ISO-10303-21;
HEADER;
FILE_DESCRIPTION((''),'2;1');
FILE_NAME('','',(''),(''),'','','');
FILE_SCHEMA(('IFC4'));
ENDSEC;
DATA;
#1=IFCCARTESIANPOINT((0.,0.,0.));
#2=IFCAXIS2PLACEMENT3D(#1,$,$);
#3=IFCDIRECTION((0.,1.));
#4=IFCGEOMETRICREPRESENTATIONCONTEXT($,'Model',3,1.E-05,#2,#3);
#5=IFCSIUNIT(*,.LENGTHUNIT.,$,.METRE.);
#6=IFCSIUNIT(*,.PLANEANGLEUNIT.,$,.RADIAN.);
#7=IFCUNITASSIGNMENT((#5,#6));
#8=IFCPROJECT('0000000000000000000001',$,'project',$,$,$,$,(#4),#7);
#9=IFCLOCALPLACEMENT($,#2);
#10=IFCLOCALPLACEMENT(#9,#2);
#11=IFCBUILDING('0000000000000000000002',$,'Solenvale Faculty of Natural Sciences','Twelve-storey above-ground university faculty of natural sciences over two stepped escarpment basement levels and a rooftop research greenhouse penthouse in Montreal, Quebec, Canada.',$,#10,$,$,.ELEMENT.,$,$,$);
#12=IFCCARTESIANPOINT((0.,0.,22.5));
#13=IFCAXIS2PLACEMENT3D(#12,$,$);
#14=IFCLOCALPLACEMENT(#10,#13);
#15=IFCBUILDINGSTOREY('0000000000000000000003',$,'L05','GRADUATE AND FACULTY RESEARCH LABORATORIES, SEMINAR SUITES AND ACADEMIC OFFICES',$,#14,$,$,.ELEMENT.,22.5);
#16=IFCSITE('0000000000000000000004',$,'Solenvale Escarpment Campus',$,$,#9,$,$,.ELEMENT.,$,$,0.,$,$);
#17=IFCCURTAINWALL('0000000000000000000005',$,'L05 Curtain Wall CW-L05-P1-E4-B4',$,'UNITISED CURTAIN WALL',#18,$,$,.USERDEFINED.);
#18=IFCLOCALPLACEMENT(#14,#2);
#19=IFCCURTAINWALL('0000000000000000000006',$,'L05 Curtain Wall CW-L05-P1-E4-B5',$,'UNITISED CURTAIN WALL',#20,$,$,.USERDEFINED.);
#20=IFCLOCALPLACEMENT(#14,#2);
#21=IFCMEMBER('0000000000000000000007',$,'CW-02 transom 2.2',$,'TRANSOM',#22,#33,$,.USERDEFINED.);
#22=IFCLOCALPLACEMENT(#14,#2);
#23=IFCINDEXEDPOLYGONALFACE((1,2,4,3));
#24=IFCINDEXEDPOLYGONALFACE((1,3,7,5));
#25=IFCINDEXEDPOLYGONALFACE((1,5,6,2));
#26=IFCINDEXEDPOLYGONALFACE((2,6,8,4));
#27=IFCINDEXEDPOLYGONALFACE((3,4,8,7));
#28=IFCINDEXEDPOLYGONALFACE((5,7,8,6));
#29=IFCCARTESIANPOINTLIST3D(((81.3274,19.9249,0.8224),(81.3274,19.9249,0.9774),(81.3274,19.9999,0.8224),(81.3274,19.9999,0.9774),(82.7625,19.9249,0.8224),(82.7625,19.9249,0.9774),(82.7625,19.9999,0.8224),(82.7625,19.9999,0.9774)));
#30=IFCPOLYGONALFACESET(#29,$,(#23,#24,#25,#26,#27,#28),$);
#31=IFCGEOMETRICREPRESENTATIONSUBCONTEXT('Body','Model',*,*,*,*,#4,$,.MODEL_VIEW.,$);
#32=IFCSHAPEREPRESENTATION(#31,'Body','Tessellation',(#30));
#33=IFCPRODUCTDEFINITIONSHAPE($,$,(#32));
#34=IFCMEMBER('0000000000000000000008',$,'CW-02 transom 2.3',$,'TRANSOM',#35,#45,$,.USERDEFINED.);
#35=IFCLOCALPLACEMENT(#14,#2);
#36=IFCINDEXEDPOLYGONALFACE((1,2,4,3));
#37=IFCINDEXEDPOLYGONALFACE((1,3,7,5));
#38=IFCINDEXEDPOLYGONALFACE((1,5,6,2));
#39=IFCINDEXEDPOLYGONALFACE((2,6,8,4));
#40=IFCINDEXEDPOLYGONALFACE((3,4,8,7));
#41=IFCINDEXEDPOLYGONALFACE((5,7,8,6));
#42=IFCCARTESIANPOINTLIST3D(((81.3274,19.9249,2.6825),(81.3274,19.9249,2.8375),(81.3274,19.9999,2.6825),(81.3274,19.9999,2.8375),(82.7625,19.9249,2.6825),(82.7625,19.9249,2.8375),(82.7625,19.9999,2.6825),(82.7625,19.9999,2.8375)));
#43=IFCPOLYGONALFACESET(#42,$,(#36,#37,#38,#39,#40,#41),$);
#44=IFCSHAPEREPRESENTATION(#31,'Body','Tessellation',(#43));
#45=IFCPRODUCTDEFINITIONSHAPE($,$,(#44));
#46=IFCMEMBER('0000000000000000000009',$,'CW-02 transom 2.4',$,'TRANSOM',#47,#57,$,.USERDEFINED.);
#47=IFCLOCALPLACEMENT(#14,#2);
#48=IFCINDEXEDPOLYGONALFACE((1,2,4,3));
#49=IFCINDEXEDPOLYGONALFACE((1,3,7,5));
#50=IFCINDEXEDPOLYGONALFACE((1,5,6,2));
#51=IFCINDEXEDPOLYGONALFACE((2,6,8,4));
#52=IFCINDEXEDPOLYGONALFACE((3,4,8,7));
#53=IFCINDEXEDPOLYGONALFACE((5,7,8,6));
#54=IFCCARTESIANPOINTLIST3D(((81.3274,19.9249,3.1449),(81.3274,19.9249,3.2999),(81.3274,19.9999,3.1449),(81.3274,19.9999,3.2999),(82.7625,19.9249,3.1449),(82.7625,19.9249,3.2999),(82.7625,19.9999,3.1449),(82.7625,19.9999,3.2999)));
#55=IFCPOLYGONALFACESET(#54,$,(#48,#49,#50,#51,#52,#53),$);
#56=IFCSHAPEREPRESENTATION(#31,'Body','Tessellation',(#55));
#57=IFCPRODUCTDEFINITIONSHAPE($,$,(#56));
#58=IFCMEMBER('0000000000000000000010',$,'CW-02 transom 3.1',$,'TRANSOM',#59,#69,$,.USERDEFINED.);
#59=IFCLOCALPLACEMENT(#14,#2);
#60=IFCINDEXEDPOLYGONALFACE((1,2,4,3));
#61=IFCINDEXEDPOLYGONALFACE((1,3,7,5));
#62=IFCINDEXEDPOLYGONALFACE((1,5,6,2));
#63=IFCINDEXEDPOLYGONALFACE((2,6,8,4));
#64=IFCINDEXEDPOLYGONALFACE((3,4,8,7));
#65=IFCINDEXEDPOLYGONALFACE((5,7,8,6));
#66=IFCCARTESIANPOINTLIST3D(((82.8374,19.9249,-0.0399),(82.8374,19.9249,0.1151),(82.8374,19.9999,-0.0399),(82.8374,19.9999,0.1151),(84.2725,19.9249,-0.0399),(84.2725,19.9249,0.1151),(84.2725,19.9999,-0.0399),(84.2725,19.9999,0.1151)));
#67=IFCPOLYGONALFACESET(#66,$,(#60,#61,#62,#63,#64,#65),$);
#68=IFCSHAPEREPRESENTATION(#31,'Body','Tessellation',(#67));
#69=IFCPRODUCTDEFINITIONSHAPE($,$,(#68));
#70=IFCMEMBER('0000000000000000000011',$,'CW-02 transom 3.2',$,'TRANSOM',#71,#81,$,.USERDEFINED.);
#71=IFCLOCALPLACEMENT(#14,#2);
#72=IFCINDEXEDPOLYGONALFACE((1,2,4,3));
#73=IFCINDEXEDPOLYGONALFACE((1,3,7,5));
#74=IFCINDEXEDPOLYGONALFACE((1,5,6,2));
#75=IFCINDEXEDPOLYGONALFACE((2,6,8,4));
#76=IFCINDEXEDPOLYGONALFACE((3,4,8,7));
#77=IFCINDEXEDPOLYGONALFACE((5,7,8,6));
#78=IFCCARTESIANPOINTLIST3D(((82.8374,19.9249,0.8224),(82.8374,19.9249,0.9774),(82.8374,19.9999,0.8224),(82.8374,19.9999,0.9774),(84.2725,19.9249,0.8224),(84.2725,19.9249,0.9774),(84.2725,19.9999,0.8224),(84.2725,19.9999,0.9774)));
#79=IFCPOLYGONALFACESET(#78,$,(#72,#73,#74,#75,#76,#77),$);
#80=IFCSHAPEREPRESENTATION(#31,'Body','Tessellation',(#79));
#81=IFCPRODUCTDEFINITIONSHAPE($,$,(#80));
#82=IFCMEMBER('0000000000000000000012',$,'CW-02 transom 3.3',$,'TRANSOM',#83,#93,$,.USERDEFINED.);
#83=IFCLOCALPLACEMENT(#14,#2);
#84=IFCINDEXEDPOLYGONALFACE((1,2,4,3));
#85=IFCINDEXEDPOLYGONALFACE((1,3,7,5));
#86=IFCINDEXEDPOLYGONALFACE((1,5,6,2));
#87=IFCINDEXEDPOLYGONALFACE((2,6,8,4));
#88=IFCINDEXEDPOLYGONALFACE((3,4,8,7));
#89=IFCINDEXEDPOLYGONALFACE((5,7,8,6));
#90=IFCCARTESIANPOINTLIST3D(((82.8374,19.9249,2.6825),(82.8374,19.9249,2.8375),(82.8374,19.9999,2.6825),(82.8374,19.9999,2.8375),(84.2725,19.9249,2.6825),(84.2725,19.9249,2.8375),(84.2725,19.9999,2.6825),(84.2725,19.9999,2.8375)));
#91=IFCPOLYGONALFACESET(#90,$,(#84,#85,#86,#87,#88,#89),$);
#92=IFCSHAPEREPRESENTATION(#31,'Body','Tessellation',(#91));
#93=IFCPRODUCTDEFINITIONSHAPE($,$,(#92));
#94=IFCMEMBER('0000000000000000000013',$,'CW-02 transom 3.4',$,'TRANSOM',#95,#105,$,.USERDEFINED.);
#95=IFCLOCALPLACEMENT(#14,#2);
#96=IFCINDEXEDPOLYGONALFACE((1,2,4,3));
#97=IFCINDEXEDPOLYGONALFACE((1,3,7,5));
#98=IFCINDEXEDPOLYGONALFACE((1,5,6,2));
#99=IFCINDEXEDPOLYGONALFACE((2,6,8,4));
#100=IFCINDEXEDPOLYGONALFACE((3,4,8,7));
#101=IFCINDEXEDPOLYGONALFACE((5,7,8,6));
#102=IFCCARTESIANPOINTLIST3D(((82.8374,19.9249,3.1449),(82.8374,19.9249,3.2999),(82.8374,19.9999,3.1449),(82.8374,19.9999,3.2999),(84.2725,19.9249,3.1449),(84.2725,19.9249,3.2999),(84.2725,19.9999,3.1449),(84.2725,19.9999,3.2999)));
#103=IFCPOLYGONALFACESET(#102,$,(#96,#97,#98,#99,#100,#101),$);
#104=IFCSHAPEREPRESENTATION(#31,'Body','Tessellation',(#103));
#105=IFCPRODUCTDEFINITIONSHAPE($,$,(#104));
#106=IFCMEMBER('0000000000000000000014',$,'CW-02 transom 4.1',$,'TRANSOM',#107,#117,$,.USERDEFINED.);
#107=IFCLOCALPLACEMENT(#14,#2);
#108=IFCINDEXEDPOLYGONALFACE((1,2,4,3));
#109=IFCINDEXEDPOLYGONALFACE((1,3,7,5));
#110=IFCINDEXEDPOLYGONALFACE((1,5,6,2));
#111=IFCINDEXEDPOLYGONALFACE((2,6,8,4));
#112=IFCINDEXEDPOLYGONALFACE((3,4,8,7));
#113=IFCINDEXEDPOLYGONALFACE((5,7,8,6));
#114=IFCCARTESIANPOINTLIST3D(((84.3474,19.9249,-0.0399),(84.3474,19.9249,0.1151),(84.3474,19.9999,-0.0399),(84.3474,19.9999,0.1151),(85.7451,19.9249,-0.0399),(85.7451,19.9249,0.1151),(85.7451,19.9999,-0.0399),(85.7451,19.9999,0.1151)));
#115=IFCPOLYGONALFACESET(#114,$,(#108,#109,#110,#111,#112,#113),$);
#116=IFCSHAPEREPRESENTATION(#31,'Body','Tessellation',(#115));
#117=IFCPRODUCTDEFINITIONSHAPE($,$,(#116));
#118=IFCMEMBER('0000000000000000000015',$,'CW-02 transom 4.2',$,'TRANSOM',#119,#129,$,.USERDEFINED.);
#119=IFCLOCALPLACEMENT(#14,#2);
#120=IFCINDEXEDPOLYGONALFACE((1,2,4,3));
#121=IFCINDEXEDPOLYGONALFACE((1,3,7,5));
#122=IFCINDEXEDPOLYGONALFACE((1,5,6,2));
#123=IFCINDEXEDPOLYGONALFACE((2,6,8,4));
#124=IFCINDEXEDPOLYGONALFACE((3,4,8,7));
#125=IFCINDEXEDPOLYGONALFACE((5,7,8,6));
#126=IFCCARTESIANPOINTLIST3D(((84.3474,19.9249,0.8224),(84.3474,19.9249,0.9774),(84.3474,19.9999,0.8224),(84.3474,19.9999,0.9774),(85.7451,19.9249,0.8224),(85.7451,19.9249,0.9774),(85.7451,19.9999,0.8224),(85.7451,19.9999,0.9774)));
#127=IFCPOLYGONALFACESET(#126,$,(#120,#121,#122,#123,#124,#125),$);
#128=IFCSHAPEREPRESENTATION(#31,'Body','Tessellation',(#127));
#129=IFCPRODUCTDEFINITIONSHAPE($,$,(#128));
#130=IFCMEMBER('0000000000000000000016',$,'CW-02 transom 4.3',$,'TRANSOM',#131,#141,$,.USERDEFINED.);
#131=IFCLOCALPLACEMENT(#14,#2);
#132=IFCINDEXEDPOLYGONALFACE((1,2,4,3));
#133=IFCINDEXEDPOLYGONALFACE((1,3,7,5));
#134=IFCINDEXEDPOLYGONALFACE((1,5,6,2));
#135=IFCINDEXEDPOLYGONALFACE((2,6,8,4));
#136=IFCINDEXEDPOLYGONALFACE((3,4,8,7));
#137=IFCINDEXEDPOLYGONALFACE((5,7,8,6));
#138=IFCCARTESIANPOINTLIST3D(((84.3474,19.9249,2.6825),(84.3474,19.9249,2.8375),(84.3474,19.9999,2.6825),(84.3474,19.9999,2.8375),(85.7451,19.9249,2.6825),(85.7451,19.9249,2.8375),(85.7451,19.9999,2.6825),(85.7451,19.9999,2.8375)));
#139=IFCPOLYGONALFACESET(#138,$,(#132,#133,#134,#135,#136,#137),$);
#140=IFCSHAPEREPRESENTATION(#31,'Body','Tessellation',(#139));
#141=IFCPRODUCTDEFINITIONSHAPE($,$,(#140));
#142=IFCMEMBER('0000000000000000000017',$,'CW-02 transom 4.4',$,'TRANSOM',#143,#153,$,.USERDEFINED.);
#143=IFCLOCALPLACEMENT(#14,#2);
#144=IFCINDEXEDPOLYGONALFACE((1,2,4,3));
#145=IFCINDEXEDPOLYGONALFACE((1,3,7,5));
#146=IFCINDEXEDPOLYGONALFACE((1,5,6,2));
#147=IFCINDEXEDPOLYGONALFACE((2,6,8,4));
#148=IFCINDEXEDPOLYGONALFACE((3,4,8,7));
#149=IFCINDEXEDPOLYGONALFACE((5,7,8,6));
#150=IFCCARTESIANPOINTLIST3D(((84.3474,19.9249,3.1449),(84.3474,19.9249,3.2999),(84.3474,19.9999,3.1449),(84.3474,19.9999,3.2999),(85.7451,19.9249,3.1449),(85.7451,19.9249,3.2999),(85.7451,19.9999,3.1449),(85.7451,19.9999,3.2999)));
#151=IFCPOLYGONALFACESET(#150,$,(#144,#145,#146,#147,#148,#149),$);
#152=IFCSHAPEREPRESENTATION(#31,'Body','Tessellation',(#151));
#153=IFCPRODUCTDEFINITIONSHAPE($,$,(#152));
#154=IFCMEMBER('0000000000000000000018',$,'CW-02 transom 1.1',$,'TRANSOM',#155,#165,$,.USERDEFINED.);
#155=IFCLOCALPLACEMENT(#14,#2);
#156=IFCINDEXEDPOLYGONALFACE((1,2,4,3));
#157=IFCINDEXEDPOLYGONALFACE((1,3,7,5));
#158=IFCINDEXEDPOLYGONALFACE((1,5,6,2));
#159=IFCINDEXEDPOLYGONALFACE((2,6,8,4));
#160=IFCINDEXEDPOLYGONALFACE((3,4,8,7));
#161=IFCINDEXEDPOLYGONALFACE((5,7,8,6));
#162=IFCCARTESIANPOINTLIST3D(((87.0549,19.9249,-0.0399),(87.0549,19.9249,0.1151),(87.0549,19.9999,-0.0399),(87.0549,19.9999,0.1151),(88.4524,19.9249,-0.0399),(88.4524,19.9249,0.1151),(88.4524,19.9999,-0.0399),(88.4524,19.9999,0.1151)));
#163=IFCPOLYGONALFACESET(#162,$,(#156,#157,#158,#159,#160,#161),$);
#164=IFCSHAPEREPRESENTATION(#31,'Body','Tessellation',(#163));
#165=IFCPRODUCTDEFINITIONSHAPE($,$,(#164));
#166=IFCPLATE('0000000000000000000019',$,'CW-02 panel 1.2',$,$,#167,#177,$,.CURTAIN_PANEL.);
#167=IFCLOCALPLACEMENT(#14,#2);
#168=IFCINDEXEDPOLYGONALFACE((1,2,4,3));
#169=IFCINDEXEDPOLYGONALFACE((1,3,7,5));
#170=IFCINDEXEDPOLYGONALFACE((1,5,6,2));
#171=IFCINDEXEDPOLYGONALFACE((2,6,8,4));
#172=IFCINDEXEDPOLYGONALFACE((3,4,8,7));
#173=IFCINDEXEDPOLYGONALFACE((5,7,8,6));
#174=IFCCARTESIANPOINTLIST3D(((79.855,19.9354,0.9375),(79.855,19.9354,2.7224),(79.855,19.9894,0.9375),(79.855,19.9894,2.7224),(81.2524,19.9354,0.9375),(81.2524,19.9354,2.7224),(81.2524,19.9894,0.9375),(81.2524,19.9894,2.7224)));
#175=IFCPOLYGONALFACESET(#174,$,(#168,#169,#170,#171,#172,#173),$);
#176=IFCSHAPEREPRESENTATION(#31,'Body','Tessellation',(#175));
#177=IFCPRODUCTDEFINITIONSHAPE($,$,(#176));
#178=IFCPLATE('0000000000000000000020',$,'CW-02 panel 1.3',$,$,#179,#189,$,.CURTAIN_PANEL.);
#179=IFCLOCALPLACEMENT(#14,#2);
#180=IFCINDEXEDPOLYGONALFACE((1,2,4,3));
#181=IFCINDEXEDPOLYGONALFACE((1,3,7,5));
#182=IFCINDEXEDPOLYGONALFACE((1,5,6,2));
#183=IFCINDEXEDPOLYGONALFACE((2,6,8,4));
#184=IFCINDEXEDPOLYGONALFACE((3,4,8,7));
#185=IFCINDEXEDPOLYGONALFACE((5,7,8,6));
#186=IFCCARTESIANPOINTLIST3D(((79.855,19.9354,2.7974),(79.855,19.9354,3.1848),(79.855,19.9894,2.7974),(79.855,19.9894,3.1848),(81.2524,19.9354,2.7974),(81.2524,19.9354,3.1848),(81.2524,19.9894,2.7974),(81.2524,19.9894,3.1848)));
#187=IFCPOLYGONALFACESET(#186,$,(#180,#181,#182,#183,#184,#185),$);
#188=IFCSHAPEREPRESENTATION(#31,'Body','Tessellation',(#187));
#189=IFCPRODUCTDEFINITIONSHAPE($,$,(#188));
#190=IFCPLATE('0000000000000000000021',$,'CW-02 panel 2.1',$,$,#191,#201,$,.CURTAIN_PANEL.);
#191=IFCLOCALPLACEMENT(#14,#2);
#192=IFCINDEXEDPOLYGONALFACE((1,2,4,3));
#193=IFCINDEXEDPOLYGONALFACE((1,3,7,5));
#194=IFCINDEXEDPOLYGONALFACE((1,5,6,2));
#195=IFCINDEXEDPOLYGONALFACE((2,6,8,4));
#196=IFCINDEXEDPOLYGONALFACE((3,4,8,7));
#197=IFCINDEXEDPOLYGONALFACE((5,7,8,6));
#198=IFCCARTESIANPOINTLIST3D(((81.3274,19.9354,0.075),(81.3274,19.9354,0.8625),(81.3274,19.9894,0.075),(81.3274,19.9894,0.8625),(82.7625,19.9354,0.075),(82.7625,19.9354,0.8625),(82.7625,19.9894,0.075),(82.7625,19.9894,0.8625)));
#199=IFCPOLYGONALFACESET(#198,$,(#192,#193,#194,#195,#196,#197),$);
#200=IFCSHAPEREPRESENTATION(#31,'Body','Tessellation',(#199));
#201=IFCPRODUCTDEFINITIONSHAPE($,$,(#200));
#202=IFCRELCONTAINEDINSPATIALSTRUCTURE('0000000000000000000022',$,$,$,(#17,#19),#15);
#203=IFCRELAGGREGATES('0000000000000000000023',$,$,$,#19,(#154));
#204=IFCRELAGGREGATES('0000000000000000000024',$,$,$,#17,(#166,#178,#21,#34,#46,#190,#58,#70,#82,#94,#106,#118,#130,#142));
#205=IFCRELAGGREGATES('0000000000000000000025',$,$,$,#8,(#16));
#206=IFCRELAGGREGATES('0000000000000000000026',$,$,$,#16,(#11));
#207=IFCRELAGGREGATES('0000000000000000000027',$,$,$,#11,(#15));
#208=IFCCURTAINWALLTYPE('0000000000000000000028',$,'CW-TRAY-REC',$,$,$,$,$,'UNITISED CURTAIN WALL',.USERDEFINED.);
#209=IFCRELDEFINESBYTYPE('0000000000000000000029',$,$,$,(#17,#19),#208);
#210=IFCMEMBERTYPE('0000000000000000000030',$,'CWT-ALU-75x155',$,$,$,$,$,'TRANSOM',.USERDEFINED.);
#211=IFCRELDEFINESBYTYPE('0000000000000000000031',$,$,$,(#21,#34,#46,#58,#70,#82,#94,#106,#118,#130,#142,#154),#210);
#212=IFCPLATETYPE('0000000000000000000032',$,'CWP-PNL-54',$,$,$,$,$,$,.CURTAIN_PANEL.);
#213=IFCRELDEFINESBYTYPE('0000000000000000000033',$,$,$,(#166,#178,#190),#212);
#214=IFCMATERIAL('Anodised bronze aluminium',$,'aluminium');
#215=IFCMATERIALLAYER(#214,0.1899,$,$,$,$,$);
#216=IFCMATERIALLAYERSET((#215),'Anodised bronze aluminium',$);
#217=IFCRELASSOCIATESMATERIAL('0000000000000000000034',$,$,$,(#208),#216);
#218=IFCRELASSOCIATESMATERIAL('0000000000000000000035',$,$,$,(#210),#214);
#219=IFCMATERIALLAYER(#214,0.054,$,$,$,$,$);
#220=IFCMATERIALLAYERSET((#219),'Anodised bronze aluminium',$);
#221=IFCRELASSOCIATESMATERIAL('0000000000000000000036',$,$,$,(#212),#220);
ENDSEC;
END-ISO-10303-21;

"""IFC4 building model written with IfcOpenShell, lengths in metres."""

from ifc_helpers import new_model, si_unit, direction, frame, origin, origin_2d, place, context, subcontext, project, spatial, rectangle, extrude, material, layer, layer_set, material_profile, profile_set, type_object, element, aggregate, save


model = new_model("IFC4")

# Units and contexts
model_context = context("Model", 3, precision=1e-05, world=origin(), true_north=direction((0.0, 1.0)))
body_context = subcontext(model_context, "Body", "Model", "MODEL_VIEW")
ifc_project = project(units=[si_unit("LENGTHUNIT", "METRE"), si_unit("PLANEANGLEUNIT", "RADIAN")], contexts=[model_context])

# Site, building, storey
site_placement = place(None, origin())
site = spatial("IfcSite", under=ifc_project, at=site_placement, Name="Solenvale Escarpment Campus", CompositionType="ELEMENT", RefElevation=0.0)
building_placement = place(site_placement, origin())
building = spatial("IfcBuilding", under=site, at=building_placement, Name="Solenvale Faculty of Natural Sciences", Description="Twelve-storey above-ground university faculty of natural sciences over two stepped escarpment basement levels and a rooftop research greenhouse penthouse in Montreal, Quebec, Canada.", CompositionType="ELEMENT")
storey_placement = place(building_placement, frame((0.0, 0.0, 22.5)))
storey = spatial("IfcBuildingStorey", under=building, at=storey_placement, Name="L05", Description="GRADUATE AND FACULTY RESEARCH LABORATORIES, SEMINAR SUITES AND ACADEMIC OFFICES", CompositionType="ELEMENT", Elevation=22.5)

# Curtain wall
ifc_material_1 = material(Name="Anodised bronze aluminium", Category="aluminium")
ifc_layer_1 = layer(ifc_material_1, 0.1899)
ifc_layer_set_1 = layer_set([ifc_layer_1], Name="Anodised bronze aluminium")
curtain_wall_type = type_object("IfcCurtainWallType", Name="CW-TRAY-REC", ElementType="UNITISED CURTAIN WALL", PredefinedType="USERDEFINED", material=ifc_layer_set_1)
curtain_wall_1_placement = place(storey_placement, origin())
curtain_wall_1 = element("IfcCurtainWall", 1, at=curtain_wall_1_placement, inside=storey, type_object=curtain_wall_type, Name="L05 Curtain Wall CW-L05-P1-E4-B4", ObjectType="UNITISED CURTAIN WALL", PredefinedType="USERDEFINED")

# Curtain wall
curtain_wall_2_placement = place(storey_placement, origin())
curtain_wall_2 = element("IfcCurtainWall", 2, at=curtain_wall_2_placement, inside=storey, type_object=curtain_wall_type, Name="L05 Curtain Wall CW-L05-P1-E4-B5", ObjectType="UNITISED CURTAIN WALL", PredefinedType="USERDEFINED")

# Members
ifc_material_profile_1 = material_profile(ifc_material_1, rectangle(XDim=0.075, YDim=0.155, at=origin_2d()), Name="ALU-TRN-75x155")
ifc_profile_set_1 = profile_set([ifc_material_profile_1], Name="Anodised bronze aluminium")
member_type_1 = type_object("IfcMemberType", Name="CWT-ALU-75x155", ElementType="TRANSOM", PredefinedType="USERDEFINED", material=ifc_profile_set_1)
member_1_placement = place(storey_placement, frame((81.3274, 19.9624, 0.8999), z_axis=(1.0, 0.0, 0.0), x_axis=(0.0, 1.0, 0.0)))
member_1 = element("IfcMember", 3, at=member_1_placement, type_object=member_type_1, Name="CW-02 transom 2.2", ObjectType="TRANSOM", PredefinedType="USERDEFINED", context=body_context, shape_type="SweptSolid", body=[
    extrude(rectangle(XDim=0.075, YDim=0.155, at=origin_2d()), origin(), (0.0, 0.0, 1.0), 1.4351),
])
member_2_placement = place(storey_placement, frame((81.3274, 19.9624, 2.76), z_axis=(1.0, 0.0, 0.0), x_axis=(0.0, 1.0, 0.0)))
member_2 = element("IfcMember", 4, at=member_2_placement, type_object=member_type_1, Name="CW-02 transom 2.3", ObjectType="TRANSOM", PredefinedType="USERDEFINED", context=body_context, shape_type="SweptSolid", body=[
    extrude(rectangle(XDim=0.075, YDim=0.155, at=origin_2d()), origin(), (0.0, 0.0, 1.0), 1.4351),
])
member_3_placement = place(storey_placement, frame((81.3274, 19.9624, 3.2224), z_axis=(1.0, 0.0, 0.0), x_axis=(0.0, 1.0, 0.0)))
member_3 = element("IfcMember", 5, at=member_3_placement, type_object=member_type_1, Name="CW-02 transom 2.4", ObjectType="TRANSOM", PredefinedType="USERDEFINED", context=body_context, shape_type="SweptSolid", body=[
    extrude(rectangle(XDim=0.075, YDim=0.155, at=origin_2d()), origin(), (0.0, 0.0, 1.0), 1.4351),
])
member_4_placement = place(storey_placement, frame((82.8374, 19.9624, 0.0376), z_axis=(1.0, 0.0, 0.0), x_axis=(0.0, 1.0, 0.0)))
member_4 = element("IfcMember", 6, at=member_4_placement, type_object=member_type_1, Name="CW-02 transom 3.1", ObjectType="TRANSOM", PredefinedType="USERDEFINED", context=body_context, shape_type="SweptSolid", body=[
    extrude(rectangle(XDim=0.075, YDim=0.155, at=origin_2d()), origin(), (0.0, 0.0, 1.0), 1.4351),
])
member_5_placement = place(storey_placement, frame((82.8374, 19.9624, 0.8999), z_axis=(1.0, 0.0, 0.0), x_axis=(0.0, 1.0, 0.0)))
member_5 = element("IfcMember", 7, at=member_5_placement, type_object=member_type_1, Name="CW-02 transom 3.2", ObjectType="TRANSOM", PredefinedType="USERDEFINED", context=body_context, shape_type="SweptSolid", body=[
    extrude(rectangle(XDim=0.075, YDim=0.155, at=origin_2d()), origin(), (0.0, 0.0, 1.0), 1.4351),
])
member_6_placement = place(storey_placement, frame((82.8374, 19.9624, 2.76), z_axis=(1.0, 0.0, 0.0), x_axis=(0.0, 1.0, 0.0)))
member_6 = element("IfcMember", 8, at=member_6_placement, type_object=member_type_1, Name="CW-02 transom 3.3", ObjectType="TRANSOM", PredefinedType="USERDEFINED", context=body_context, shape_type="SweptSolid", body=[
    extrude(rectangle(XDim=0.075, YDim=0.155, at=origin_2d()), origin(), (0.0, 0.0, 1.0), 1.4351),
])
member_7_placement = place(storey_placement, frame((82.8374, 19.9624, 3.2224), z_axis=(1.0, 0.0, 0.0), x_axis=(0.0, 1.0, 0.0)))
member_7 = element("IfcMember", 9, at=member_7_placement, type_object=member_type_1, Name="CW-02 transom 3.4", ObjectType="TRANSOM", PredefinedType="USERDEFINED", context=body_context, shape_type="SweptSolid", body=[
    extrude(rectangle(XDim=0.075, YDim=0.155, at=origin_2d()), origin(), (0.0, 0.0, 1.0), 1.4351),
])
member_8_placement = place(storey_placement, frame((84.3474, 19.9624, 0.0376), z_axis=(1.0, 0.0, 0.0), x_axis=(0.0, 1.0, 0.0)))
member_8 = element("IfcMember", 10, at=member_8_placement, type_object=member_type_1, Name="CW-02 transom 4.1", ObjectType="TRANSOM", PredefinedType="USERDEFINED", context=body_context, shape_type="SweptSolid", body=[
    extrude(rectangle(XDim=0.075, YDim=0.155, at=origin_2d()), origin(), (0.0, 0.0, 1.0), 1.3977),
])
member_9_placement = place(storey_placement, frame((84.3474, 19.9624, 0.8999), z_axis=(1.0, 0.0, 0.0), x_axis=(0.0, 1.0, 0.0)))
member_9 = element("IfcMember", 11, at=member_9_placement, type_object=member_type_1, Name="CW-02 transom 4.2", ObjectType="TRANSOM", PredefinedType="USERDEFINED", context=body_context, shape_type="SweptSolid", body=[
    extrude(rectangle(XDim=0.075, YDim=0.155, at=origin_2d()), origin(), (0.0, 0.0, 1.0), 1.3977),
])
member_10_placement = place(storey_placement, frame((84.3474, 19.9624, 2.76), z_axis=(1.0, 0.0, 0.0), x_axis=(0.0, 1.0, 0.0)))
member_10 = element("IfcMember", 12, at=member_10_placement, type_object=member_type_1, Name="CW-02 transom 4.3", ObjectType="TRANSOM", PredefinedType="USERDEFINED", context=body_context, shape_type="SweptSolid", body=[
    extrude(rectangle(XDim=0.075, YDim=0.155, at=origin_2d()), origin(), (0.0, 0.0, 1.0), 1.3977),
])
member_11_placement = place(storey_placement, frame((84.3474, 19.9624, 3.2224), z_axis=(1.0, 0.0, 0.0), x_axis=(0.0, 1.0, 0.0)))
member_11 = element("IfcMember", 13, at=member_11_placement, type_object=member_type_1, Name="CW-02 transom 4.4", ObjectType="TRANSOM", PredefinedType="USERDEFINED", context=body_context, shape_type="SweptSolid", body=[
    extrude(rectangle(XDim=0.075, YDim=0.155, at=origin_2d()), origin(), (0.0, 0.0, 1.0), 1.3977),
])
member_12_placement = place(storey_placement, frame((87.0549, 19.9624, 0.0376), z_axis=(1.0, 0.0, 0.0), x_axis=(0.0, 1.0, 0.0)))
member_12 = element("IfcMember", 14, at=member_12_placement, type_object=member_type_1, Name="CW-02 transom 1.1", ObjectType="TRANSOM", PredefinedType="USERDEFINED", context=body_context, shape_type="SweptSolid", body=[
    extrude(rectangle(XDim=0.075, YDim=0.155, at=origin_2d()), origin(), (0.0, 0.0, 1.0), 1.3975),
])
aggregate(curtain_wall_2, [member_12])

# Plates
ifc_layer_2 = layer(ifc_material_1, 0.054)
ifc_layer_set_2 = layer_set([ifc_layer_2], Name="Anodised bronze aluminium")
plate_type = type_object("IfcPlateType", Name="CWP-PNL-54", PredefinedType="CURTAIN_PANEL", material=ifc_layer_set_2)
plate_1_placement = place(storey_placement, frame((80.5537, 19.9624, 0.9375), z_axis=(0.0, 0.0, 1.0), x_axis=(1.0, 0.0, 0.0)))
plate_1 = element("IfcPlate", 15, at=plate_1_placement, type_object=plate_type, Name="CW-02 panel 1.2", PredefinedType="CURTAIN_PANEL", context=body_context, shape_type="SweptSolid", body=[
    extrude(rectangle(XDim=1.3975, YDim=0.054, at=origin_2d()), origin(), (0.0, 0.0, 1.0), 1.7849),
])
plate_2_placement = place(storey_placement, frame((80.5537, 19.9624, 2.7974), z_axis=(0.0, 0.0, 1.0), x_axis=(1.0, 0.0, 0.0)))
plate_2 = element("IfcPlate", 16, at=plate_2_placement, type_object=plate_type, Name="CW-02 panel 1.3", PredefinedType="CURTAIN_PANEL", context=body_context, shape_type="SweptSolid", body=[
    extrude(rectangle(XDim=1.3975, YDim=0.054, at=origin_2d()), origin(), (0.0, 0.0, 1.0), 0.3875),
])
plate_3_placement = place(storey_placement, frame((82.0449, 19.9624, 0.075), z_axis=(0.0, 0.0, 1.0), x_axis=(1.0, 0.0, 0.0)))
plate_3 = element("IfcPlate", 17, at=plate_3_placement, type_object=plate_type, Name="CW-02 panel 2.1", PredefinedType="CURTAIN_PANEL", context=body_context, shape_type="SweptSolid", body=[
    extrude(rectangle(XDim=1.4351, YDim=0.054, at=origin_2d()), origin(), (0.0, 0.0, 1.0), 0.7876),
])
aggregate(curtain_wall_1, [plate_1, plate_2, member_1, member_2, member_3, plate_3, member_4, member_5, member_6, member_7, member_8, member_9, member_10, member_11])

save(model, "model.ifc")
